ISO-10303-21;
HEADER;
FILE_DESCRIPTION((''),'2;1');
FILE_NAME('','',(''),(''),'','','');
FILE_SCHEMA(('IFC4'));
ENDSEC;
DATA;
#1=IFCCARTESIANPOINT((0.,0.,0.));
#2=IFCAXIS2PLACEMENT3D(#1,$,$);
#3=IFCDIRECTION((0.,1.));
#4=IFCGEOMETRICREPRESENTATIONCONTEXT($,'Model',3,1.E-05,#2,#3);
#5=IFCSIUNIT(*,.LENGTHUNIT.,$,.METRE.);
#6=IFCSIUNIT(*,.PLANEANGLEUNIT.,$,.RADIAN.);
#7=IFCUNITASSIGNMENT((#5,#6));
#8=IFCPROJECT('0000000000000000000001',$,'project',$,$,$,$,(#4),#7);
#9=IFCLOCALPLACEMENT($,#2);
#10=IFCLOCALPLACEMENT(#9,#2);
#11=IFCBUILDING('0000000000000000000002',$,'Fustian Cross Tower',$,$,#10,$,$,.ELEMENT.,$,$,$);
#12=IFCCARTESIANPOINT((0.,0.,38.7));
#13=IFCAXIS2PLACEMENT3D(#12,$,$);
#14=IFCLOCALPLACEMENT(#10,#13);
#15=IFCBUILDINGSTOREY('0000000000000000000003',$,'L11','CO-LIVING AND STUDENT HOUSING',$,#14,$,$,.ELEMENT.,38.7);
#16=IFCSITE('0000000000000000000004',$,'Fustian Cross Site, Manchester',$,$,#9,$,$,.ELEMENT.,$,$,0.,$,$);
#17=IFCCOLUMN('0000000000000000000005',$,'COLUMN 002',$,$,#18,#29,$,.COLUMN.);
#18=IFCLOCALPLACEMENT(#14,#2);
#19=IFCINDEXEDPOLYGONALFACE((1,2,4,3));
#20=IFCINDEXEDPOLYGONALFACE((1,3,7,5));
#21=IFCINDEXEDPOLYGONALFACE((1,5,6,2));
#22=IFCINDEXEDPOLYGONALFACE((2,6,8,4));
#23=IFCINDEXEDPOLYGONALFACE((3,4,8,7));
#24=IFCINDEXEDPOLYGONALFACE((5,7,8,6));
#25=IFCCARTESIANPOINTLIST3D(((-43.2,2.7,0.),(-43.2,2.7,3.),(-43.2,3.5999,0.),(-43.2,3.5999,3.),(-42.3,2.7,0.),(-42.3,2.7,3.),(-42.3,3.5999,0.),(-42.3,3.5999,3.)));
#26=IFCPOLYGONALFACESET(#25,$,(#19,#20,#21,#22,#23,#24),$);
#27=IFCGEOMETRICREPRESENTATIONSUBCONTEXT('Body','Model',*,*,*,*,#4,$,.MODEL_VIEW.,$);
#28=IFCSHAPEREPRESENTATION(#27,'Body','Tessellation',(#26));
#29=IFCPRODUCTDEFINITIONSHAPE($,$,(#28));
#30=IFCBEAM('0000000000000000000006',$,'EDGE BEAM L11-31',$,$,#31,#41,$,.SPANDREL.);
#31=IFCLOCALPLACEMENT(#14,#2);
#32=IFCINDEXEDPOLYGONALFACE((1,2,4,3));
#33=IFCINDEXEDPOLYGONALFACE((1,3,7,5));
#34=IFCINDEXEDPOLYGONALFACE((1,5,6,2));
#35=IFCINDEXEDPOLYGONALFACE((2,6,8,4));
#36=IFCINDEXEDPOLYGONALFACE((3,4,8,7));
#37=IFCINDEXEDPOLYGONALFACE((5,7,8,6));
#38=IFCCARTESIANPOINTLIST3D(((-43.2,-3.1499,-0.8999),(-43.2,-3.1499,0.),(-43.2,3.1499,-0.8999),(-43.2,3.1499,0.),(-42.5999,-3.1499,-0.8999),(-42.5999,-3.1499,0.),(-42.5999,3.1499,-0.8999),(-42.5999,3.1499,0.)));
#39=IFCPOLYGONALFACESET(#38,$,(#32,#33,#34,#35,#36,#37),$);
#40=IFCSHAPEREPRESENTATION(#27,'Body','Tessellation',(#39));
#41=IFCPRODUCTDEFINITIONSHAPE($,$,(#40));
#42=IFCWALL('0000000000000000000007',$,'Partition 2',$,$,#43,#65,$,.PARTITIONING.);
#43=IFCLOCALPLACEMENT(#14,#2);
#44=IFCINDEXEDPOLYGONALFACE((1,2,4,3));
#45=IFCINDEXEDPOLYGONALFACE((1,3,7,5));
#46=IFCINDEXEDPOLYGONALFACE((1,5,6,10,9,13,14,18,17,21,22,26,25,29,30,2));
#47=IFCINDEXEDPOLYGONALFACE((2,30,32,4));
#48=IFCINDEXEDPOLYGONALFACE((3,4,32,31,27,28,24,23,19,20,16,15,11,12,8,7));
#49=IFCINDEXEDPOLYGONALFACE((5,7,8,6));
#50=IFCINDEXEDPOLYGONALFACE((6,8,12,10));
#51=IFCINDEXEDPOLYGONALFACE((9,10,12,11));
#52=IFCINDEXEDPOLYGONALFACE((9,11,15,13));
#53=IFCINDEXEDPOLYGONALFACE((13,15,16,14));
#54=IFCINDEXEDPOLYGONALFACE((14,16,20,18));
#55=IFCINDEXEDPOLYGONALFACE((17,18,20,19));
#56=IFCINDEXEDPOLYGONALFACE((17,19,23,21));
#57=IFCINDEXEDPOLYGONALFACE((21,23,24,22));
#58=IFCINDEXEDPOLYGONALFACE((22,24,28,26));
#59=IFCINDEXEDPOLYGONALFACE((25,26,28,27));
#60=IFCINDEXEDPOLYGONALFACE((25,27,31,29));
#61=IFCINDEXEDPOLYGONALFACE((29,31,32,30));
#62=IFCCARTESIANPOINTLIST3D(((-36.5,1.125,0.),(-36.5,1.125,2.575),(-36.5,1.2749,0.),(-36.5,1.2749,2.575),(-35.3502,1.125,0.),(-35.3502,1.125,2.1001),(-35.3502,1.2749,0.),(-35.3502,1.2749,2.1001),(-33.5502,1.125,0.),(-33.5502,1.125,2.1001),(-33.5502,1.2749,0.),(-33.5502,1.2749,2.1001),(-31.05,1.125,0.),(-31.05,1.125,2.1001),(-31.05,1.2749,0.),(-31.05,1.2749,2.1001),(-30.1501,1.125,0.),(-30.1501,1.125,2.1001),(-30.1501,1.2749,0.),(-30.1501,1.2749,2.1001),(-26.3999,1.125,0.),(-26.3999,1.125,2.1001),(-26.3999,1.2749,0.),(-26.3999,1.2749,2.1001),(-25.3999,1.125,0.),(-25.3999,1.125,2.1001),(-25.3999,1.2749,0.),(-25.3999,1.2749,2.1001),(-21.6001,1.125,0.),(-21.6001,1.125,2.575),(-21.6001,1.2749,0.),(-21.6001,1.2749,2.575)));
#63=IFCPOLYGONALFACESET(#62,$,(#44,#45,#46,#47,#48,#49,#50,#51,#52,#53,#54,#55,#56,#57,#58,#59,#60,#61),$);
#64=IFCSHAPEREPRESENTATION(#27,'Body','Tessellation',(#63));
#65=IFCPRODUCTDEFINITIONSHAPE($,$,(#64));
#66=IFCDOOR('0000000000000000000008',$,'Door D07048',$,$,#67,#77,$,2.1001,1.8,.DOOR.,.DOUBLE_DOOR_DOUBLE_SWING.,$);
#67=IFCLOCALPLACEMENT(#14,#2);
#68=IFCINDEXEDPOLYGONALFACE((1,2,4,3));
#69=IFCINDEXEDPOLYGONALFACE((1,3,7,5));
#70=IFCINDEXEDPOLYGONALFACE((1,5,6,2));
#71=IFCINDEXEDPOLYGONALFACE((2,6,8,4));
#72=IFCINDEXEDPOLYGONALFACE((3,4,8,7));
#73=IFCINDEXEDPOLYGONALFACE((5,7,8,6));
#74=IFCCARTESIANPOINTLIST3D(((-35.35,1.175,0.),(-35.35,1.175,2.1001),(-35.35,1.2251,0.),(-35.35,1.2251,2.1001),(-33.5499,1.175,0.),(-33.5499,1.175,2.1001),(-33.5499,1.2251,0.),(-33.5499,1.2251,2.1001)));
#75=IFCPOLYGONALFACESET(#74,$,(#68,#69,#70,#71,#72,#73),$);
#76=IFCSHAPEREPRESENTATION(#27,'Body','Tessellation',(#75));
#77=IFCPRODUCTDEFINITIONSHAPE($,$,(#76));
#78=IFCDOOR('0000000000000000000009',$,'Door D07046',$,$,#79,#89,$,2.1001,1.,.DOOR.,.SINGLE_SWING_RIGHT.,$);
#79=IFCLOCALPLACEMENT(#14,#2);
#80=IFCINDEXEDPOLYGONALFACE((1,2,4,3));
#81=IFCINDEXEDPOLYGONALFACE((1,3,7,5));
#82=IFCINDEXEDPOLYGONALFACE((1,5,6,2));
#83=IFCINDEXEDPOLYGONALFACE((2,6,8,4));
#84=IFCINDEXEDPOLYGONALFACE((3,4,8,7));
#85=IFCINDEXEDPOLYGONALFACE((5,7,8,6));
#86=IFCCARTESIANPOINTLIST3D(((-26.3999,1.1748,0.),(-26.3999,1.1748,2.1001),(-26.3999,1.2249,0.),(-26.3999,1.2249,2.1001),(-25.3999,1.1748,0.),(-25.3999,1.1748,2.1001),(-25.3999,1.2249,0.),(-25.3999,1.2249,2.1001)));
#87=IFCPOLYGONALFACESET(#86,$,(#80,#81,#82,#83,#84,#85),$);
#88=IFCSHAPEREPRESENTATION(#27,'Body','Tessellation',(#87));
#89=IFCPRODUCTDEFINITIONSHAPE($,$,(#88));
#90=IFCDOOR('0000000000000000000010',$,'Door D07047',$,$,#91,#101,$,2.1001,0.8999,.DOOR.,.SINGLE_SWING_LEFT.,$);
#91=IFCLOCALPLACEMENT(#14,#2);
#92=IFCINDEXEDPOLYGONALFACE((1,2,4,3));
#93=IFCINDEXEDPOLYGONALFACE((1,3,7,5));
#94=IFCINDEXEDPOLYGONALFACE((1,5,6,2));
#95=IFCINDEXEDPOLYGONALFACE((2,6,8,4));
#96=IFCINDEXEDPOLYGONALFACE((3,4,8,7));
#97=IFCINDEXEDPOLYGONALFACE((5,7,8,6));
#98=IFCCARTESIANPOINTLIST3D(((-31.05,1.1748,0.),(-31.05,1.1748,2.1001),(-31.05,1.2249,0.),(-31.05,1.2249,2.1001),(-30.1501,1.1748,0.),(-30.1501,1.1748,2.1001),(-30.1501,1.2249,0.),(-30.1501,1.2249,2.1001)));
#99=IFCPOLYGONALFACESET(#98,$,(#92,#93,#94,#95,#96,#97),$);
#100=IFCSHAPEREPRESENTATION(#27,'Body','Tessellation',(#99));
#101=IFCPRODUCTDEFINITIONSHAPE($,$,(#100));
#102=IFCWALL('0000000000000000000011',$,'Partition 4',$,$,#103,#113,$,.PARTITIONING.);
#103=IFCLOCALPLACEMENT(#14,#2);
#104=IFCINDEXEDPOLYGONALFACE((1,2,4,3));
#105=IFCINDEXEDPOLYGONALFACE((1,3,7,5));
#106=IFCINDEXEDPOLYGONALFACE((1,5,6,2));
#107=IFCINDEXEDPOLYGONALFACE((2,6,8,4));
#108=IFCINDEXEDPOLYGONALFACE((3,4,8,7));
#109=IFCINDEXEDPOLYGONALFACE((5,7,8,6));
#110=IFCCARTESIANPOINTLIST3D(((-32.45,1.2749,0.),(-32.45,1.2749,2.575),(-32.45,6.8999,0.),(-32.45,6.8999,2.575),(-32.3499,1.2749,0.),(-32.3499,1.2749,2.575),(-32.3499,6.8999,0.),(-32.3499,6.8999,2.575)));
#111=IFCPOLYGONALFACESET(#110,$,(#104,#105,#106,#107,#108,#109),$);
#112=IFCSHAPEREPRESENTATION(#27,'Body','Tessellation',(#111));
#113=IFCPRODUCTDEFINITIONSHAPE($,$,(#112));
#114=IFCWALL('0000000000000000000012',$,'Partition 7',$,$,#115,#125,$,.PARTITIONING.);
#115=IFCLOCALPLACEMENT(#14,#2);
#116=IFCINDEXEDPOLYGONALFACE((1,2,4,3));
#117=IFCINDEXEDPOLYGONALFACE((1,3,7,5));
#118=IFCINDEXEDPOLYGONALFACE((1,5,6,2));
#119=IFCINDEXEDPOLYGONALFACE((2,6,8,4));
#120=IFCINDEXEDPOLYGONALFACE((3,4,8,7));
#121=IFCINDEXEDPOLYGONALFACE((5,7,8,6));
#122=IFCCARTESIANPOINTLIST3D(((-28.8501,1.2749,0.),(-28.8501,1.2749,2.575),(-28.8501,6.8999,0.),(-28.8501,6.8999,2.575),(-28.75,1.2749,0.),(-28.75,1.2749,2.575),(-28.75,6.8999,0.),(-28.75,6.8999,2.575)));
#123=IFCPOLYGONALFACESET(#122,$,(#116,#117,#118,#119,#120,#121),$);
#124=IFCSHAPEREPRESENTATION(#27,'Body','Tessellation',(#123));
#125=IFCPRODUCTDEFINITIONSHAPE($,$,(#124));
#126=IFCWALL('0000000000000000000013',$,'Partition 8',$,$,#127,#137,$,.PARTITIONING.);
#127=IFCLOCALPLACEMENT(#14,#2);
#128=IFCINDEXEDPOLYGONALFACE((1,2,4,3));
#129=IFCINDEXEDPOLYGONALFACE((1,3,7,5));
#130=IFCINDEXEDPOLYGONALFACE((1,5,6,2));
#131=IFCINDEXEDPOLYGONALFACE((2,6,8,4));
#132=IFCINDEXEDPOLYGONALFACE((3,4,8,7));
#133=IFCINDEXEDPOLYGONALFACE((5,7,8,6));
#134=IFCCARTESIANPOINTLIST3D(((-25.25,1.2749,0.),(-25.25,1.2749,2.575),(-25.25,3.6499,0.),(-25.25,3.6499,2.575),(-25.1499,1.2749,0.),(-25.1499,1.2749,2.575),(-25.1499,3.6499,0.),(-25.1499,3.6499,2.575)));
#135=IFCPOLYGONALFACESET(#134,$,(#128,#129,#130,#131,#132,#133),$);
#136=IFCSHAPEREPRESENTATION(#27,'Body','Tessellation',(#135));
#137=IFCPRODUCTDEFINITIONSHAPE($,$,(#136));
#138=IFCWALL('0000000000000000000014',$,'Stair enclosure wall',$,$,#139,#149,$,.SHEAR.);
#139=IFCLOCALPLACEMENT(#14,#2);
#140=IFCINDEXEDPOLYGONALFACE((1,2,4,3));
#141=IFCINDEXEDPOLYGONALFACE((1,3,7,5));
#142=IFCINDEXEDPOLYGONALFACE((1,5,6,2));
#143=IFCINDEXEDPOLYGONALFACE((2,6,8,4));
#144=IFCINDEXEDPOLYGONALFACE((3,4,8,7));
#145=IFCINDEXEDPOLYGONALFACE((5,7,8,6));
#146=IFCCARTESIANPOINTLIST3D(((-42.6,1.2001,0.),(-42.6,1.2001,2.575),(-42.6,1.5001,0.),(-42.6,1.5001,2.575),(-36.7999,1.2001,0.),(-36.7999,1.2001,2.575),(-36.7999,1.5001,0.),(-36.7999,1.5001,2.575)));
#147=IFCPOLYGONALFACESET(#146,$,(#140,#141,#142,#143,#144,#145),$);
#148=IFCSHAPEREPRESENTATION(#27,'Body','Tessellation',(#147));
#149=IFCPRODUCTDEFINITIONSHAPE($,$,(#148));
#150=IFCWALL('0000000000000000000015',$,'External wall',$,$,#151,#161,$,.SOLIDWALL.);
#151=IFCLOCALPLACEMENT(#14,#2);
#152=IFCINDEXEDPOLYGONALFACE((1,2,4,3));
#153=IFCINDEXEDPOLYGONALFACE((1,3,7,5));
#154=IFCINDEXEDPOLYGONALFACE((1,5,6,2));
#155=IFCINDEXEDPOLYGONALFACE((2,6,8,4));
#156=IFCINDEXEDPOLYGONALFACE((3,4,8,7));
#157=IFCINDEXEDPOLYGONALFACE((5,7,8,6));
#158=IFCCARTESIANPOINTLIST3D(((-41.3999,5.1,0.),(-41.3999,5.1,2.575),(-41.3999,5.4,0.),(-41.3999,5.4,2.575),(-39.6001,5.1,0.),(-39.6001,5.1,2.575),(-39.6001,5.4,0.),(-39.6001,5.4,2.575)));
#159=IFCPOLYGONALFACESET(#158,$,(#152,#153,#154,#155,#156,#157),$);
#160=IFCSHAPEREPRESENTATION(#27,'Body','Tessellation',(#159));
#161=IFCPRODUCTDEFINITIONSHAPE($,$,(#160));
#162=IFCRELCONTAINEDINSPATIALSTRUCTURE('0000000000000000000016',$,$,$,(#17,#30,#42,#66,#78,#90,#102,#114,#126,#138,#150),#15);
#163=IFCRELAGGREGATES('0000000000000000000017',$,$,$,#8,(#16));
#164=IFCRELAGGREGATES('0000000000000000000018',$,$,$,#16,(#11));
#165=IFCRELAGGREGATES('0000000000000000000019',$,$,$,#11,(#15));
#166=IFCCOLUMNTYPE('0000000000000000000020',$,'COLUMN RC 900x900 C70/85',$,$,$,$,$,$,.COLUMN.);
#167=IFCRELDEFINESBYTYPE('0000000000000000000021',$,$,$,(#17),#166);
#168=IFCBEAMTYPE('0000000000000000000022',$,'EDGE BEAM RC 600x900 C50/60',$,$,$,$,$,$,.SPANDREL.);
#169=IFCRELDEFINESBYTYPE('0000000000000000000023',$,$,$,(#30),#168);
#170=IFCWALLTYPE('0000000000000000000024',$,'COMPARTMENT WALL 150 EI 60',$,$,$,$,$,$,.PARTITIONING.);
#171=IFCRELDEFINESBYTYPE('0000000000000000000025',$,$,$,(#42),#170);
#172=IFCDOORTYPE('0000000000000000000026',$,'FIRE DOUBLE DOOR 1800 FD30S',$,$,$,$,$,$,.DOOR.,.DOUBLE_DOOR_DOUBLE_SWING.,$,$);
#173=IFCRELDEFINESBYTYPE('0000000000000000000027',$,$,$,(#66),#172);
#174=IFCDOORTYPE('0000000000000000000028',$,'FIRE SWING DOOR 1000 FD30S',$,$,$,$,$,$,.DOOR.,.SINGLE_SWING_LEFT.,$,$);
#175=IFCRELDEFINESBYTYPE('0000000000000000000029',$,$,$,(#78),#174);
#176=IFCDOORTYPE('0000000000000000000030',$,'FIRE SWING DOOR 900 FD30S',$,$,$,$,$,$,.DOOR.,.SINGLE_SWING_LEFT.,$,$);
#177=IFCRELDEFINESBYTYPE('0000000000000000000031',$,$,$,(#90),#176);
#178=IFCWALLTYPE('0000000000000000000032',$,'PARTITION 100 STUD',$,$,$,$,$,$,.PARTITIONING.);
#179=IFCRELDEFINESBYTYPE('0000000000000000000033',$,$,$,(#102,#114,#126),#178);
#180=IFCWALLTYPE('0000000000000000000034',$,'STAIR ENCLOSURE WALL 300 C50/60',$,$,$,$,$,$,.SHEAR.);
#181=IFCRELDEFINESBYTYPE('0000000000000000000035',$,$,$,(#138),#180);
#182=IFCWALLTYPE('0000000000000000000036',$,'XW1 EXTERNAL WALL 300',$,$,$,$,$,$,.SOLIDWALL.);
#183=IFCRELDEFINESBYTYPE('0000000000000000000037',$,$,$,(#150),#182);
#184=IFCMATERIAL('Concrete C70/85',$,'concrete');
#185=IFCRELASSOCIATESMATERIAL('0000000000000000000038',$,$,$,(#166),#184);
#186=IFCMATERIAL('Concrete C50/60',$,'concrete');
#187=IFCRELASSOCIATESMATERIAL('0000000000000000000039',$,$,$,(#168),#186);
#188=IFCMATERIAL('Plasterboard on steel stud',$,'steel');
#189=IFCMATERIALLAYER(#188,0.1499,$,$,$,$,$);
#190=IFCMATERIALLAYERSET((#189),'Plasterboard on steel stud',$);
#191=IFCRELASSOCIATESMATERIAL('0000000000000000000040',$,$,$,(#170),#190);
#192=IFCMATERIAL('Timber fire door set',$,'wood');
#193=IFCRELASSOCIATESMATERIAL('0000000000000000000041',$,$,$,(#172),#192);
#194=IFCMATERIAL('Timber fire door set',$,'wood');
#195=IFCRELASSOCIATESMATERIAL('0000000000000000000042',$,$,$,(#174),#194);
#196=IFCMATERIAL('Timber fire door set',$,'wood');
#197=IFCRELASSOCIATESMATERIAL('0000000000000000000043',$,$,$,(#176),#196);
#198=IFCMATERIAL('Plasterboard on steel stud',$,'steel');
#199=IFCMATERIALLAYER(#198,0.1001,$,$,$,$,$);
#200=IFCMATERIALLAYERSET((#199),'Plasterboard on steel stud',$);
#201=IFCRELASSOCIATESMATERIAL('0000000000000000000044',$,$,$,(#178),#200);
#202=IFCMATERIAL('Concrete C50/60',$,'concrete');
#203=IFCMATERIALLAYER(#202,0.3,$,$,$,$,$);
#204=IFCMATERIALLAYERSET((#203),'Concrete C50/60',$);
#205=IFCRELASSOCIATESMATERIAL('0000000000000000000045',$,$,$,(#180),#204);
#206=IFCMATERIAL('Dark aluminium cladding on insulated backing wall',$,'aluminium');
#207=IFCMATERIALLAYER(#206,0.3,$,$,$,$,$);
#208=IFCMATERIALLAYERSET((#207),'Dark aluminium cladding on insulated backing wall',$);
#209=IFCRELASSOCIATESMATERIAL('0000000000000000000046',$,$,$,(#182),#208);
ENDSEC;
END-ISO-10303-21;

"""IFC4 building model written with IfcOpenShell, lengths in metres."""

from ifc_helpers import new_model, si_unit, direction, frame, frame_2d, origin, origin_2d, place, context, subcontext, project, spatial, rectangle, extrude, material, layer, layer_set, material_profile, profile_set, type_object, element, fill, save


model = new_model("IFC4")

# Units and contexts
model_context = context("Model", 3, precision=1e-05, world=origin(), true_north=direction((0.0, 1.0)))
body_context = subcontext(model_context, "Body", "Model", "MODEL_VIEW")
ifc_project = project(units=[si_unit("LENGTHUNIT", "METRE"), si_unit("PLANEANGLEUNIT", "RADIAN")], contexts=[model_context])

# Site, building, storey
site_placement = place(None, origin())
site = spatial("IfcSite", under=ifc_project, at=site_placement, Name="Fustian Cross Site, Manchester", CompositionType="ELEMENT", RefElevation=0.0)
building_placement = place(site_placement, origin())
building = spatial("IfcBuilding", under=site, at=building_placement, Name="Fustian Cross Tower", CompositionType="ELEMENT")
storey_placement = place(building_placement, frame((0.0, 0.0, 38.7)))
storey = spatial("IfcBuildingStorey", under=building, at=storey_placement, Name="L11", Description="CO-LIVING AND STUDENT HOUSING", CompositionType="ELEMENT", Elevation=38.7)

# Column
ifc_material_1 = material(Name="Concrete C70/85", Category="concrete")
ifc_material_profile_1 = material_profile(ifc_material_1, rectangle(XDim=0.8999, YDim=0.8999, at=origin_2d()), Name="RC 900x900")
ifc_profile_set_1 = profile_set([ifc_material_profile_1], Name="Concrete C70/85")
column_type = type_object("IfcColumnType", Name="COLUMN RC 900x900 C70/85", PredefinedType="COLUMN", material=ifc_profile_set_1)
column_placement = place(storey_placement, frame((-42.75, 3.1499, 0.0), z_axis=(0.0, 0.0, 1.0), x_axis=(1.0, 0.0, 0.0)))
element("IfcColumn", 1, at=column_placement, inside=storey, type_object=column_type, Name="COLUMN 002", PredefinedType="COLUMN", context=body_context, shape_type="SweptSolid", body=[
    extrude(rectangle(XDim=0.8999, YDim=0.8999, at=origin_2d()), origin(), (0.0, 0.0, 1.0), 3.0),
])

# Beam
ifc_material_2 = material(Name="Concrete C50/60", Category="concrete")
ifc_material_profile_2 = material_profile(ifc_material_2, rectangle(XDim=0.6001, YDim=0.8999, at=origin_2d()), Name="RC 600x900")
ifc_profile_set_2 = profile_set([ifc_material_profile_2], Name="Concrete C50/60")
beam_type = type_object("IfcBeamType", Name="EDGE BEAM RC 600x900 C50/60", PredefinedType="SPANDREL", material=ifc_profile_set_2)
beam_placement = place(storey_placement, frame((-42.8999, 3.1499, -0.45), z_axis=(0.0, -1.0, 0.0), x_axis=(1.0, 0.0, 0.0)))
element("IfcBeam", 2, at=beam_placement, inside=storey, type_object=beam_type, Name="EDGE BEAM L11-31", PredefinedType="SPANDREL", context=body_context, shape_type="SweptSolid", body=[
    extrude(rectangle(XDim=0.6001, YDim=0.8999, at=origin_2d()), origin(), (0.0, 0.0, 1.0), 6.2998),
])

# Wall, openings, doors
ifc_material_3 = material(Name="Plasterboard on steel stud", Category="steel")
ifc_layer_1 = layer(ifc_material_3, 0.1499)
ifc_layer_set_1 = layer_set([ifc_layer_1], Name="Plasterboard on steel stud")
wall_type_1 = type_object("IfcWallType", Name="COMPARTMENT WALL 150 EI 60", PredefinedType="PARTITIONING", material=ifc_layer_set_1)
wall_1_placement = place(storey_placement, frame((-36.5, 1.2, 0.0), z_axis=(0.0, 0.0, 1.0), x_axis=(1.0, 0.0, 0.0)))
wall_1 = element("IfcWall", 3, at=wall_1_placement, inside=storey, type_object=wall_type_1, Name="Partition 2", PredefinedType="PARTITIONING", context=body_context, shape_type="SweptSolid", body=[
    extrude(rectangle(XDim=14.8999, YDim=0.1499, at=frame_2d((7.45, 0.0))), origin(), (0.0, 0.0, 1.0), 2.575),
])
opening_1_placement = place(wall_1_placement, frame((10.1001, 0.0, 0.0)))
opening_1 = element("IfcOpeningElement", 4, at=opening_1_placement, cuts=wall_1, PredefinedType="OPENING", context=body_context, shape_type="SweptSolid", body=[
    extrude(rectangle(XDim=1.0, YDim=2.1001, at=frame_2d((0.5, 1.05))), frame((0.0, 0.085, 0.0), z_axis=(0.0, -1.0, 0.0), x_axis=(1.0, 0.0, 0.0)), (0.0, 0.0, 1.0), 0.1699),
])
opening_2_placement = place(wall_1_placement, frame((5.45, 0.0, 0.0)))
opening_2 = element("IfcOpeningElement", 5, at=opening_2_placement, cuts=wall_1, PredefinedType="OPENING", context=body_context, shape_type="SweptSolid", body=[
    extrude(rectangle(XDim=0.8999, YDim=2.1001, at=frame_2d((0.45, 1.05))), frame((0.0, 0.085, 0.0), z_axis=(0.0, -1.0, 0.0), x_axis=(1.0, 0.0, 0.0)), (0.0, 0.0, 1.0), 0.1699),
])
opening_3_placement = place(wall_1_placement, frame((1.1499, 0.0, 0.0)))
opening_3 = element("IfcOpeningElement", 6, at=opening_3_placement, cuts=wall_1, PredefinedType="OPENING", context=body_context, shape_type="SweptSolid", body=[
    extrude(rectangle(XDim=1.8, YDim=2.1001, at=frame_2d((0.8999, 1.05))), frame((0.0, 0.085, 0.0), z_axis=(0.0, -1.0, 0.0), x_axis=(1.0, 0.0, 0.0)), (0.0, 0.0, 1.0), 0.1699),
])
ifc_material_4 = material(Name="Timber fire door set", Category="wood")
door_type_1 = type_object("IfcDoorType", Name="FIRE DOUBLE DOOR 1800 FD30S", OperationType="DOUBLE_DOOR_DOUBLE_SWING", PredefinedType="DOOR", material=ifc_material_4)
door_1_placement = place(opening_3_placement, frame((1.8, 0.0, 0.0), z_axis=(0.0, 0.0, 1.0), x_axis=(-1.0, 0.0, 0.0)))
door_1 = element("IfcDoor", 7, at=door_1_placement, inside=storey, type_object=door_type_1, Name="Door D07048", OperationType="DOUBLE_DOOR_DOUBLE_SWING", OverallHeight=2.1001, OverallWidth=1.8, PredefinedType="DOOR", context=body_context, shape_type="SweptSolid", body=[
    extrude(rectangle(XDim=1.8, YDim=2.1001, at=frame_2d((0.8999, 1.05))), frame((0.0, 0.0249, 0.0), z_axis=(0.0, -1.0, 0.0), x_axis=(1.0, 0.0, 0.0)), (0.0, 0.0, 1.0), 0.05),
])
fill(opening_3, door_1)
ifc_material_5 = material(Name="Timber fire door set", Category="wood")
door_type_2 = type_object("IfcDoorType", Name="FIRE SWING DOOR 1000 FD30S", OperationType="SINGLE_SWING_LEFT", PredefinedType="DOOR", material=ifc_material_5)
door_2_placement = place(opening_1_placement, origin())
door_2 = element("IfcDoor", 8, at=door_2_placement, inside=storey, type_object=door_type_2, Name="Door D07046", OperationType="SINGLE_SWING_RIGHT", OverallHeight=2.1001, OverallWidth=1.0, PredefinedType="DOOR", context=body_context, shape_type="SweptSolid", body=[
    extrude(rectangle(XDim=1.0, YDim=2.1001, at=frame_2d((0.5, 1.05))), frame((0.0, 0.0249, 0.0), z_axis=(0.0, -1.0, 0.0), x_axis=(1.0, 0.0, 0.0)), (0.0, 0.0, 1.0), 0.05),
])
fill(opening_1, door_2)
ifc_material_6 = material(Name="Timber fire door set", Category="wood")
door_type_3 = type_object("IfcDoorType", Name="FIRE SWING DOOR 900 FD30S", OperationType="SINGLE_SWING_LEFT", PredefinedType="DOOR", material=ifc_material_6)
door_3_placement = place(opening_2_placement, origin())
door_3 = element("IfcDoor", 9, at=door_3_placement, inside=storey, type_object=door_type_3, Name="Door D07047", OperationType="SINGLE_SWING_LEFT", OverallHeight=2.1001, OverallWidth=0.8999, PredefinedType="DOOR", context=body_context, shape_type="SweptSolid", body=[
    extrude(rectangle(XDim=0.8999, YDim=2.1001, at=frame_2d((0.45, 1.05))), frame((0.0, 0.0249, 0.0), z_axis=(0.0, -1.0, 0.0), x_axis=(1.0, 0.0, 0.0)), (0.0, 0.0, 1.0), 0.05),
])
fill(opening_2, door_3)

# Walls
ifc_material_7 = material(Name="Plasterboard on steel stud", Category="steel")
ifc_layer_2 = layer(ifc_material_7, 0.1001)
ifc_layer_set_2 = layer_set([ifc_layer_2], Name="Plasterboard on steel stud")
wall_type_2 = type_object("IfcWallType", Name="PARTITION 100 STUD", PredefinedType="PARTITIONING", material=ifc_layer_set_2)
for number, where, z_axis, x_axis, name in (
    (10, (-32.3999, 1.2749, 0.0), (0.0, 0.0, 1.0), (0.0, 1.0, 0.0), "Partition 4"),
    (11, (-28.8, 1.2749, 0.0), (0.0, 0.0, 1.0), (0.0, 1.0, 0.0), "Partition 7"),
):
    element("IfcWall", number, at=place(storey_placement, frame(where, z_axis=z_axis, x_axis=x_axis)), inside=storey, type_object=wall_type_2, Name=name, PredefinedType="PARTITIONING", context=body_context, shape_type="SweptSolid", body=[
        extrude(rectangle(XDim=5.625, YDim=0.1001, at=frame_2d((2.8125, 0.0))), origin(), (0.0, 0.0, 1.0), 2.575),
    ])
wall_2_placement = place(storey_placement, frame((-25.2, 1.2749, 0.0), z_axis=(0.0, 0.0, 1.0), x_axis=(0.0, 1.0, 0.0)))
element("IfcWall", 12, at=wall_2_placement, inside=storey, type_object=wall_type_2, Name="Partition 8", PredefinedType="PARTITIONING", context=body_context, shape_type="SweptSolid", body=[
    extrude(rectangle(XDim=2.375, YDim=0.1001, at=frame_2d((1.1875, 0.0))), origin(), (0.0, 0.0, 1.0), 2.575),
])
ifc_material_8 = material(Name="Concrete C50/60", Category="concrete")
ifc_layer_3 = layer(ifc_material_8, 0.3)
ifc_layer_set_3 = layer_set([ifc_layer_3], Name="Concrete C50/60")
wall_type_3 = type_object("IfcWallType", Name="STAIR ENCLOSURE WALL 300 C50/60", PredefinedType="SHEAR", material=ifc_layer_set_3)
wall_3_placement = place(storey_placement, frame((-36.8, 1.3501, 0.0), z_axis=(0.0, 0.0, 1.0), x_axis=(-1.0, 0.0, 0.0)))
element("IfcWall", 13, at=wall_3_placement, inside=storey, type_object=wall_type_3, Name="Stair enclosure wall", PredefinedType="SHEAR", context=body_context, shape_type="SweptSolid", body=[
    extrude(rectangle(XDim=5.8, YDim=0.3, at=frame_2d((2.8999, 0.0))), origin(), (0.0, 0.0, 1.0), 2.575),
])
ifc_material_9 = material(Name="Dark aluminium cladding on insulated backing wall", Category="aluminium")
ifc_layer_4 = layer(ifc_material_9, 0.3)
ifc_layer_set_4 = layer_set([ifc_layer_4], Name="Dark aluminium cladding on insulated backing wall")
wall_type_4 = type_object("IfcWallType", Name="XW1 EXTERNAL WALL 300", PredefinedType="SOLIDWALL", material=ifc_layer_set_4)
wall_4_placement = place(storey_placement, frame((-39.6001, 5.25, 0.0), z_axis=(0.0, 0.0, 1.0), x_axis=(-1.0, 0.0, 0.0)))
element("IfcWall", 14, at=wall_4_placement, inside=storey, type_object=wall_type_4, Name="External wall", PredefinedType="SOLIDWALL", context=body_context, shape_type="SweptSolid", body=[
    extrude(rectangle(XDim=1.7998, YDim=0.3, at=frame_2d((0.8999, 0.0))), origin(), (0.0, 0.0, 1.0), 2.575),
])

save(model, "model.ifc")
